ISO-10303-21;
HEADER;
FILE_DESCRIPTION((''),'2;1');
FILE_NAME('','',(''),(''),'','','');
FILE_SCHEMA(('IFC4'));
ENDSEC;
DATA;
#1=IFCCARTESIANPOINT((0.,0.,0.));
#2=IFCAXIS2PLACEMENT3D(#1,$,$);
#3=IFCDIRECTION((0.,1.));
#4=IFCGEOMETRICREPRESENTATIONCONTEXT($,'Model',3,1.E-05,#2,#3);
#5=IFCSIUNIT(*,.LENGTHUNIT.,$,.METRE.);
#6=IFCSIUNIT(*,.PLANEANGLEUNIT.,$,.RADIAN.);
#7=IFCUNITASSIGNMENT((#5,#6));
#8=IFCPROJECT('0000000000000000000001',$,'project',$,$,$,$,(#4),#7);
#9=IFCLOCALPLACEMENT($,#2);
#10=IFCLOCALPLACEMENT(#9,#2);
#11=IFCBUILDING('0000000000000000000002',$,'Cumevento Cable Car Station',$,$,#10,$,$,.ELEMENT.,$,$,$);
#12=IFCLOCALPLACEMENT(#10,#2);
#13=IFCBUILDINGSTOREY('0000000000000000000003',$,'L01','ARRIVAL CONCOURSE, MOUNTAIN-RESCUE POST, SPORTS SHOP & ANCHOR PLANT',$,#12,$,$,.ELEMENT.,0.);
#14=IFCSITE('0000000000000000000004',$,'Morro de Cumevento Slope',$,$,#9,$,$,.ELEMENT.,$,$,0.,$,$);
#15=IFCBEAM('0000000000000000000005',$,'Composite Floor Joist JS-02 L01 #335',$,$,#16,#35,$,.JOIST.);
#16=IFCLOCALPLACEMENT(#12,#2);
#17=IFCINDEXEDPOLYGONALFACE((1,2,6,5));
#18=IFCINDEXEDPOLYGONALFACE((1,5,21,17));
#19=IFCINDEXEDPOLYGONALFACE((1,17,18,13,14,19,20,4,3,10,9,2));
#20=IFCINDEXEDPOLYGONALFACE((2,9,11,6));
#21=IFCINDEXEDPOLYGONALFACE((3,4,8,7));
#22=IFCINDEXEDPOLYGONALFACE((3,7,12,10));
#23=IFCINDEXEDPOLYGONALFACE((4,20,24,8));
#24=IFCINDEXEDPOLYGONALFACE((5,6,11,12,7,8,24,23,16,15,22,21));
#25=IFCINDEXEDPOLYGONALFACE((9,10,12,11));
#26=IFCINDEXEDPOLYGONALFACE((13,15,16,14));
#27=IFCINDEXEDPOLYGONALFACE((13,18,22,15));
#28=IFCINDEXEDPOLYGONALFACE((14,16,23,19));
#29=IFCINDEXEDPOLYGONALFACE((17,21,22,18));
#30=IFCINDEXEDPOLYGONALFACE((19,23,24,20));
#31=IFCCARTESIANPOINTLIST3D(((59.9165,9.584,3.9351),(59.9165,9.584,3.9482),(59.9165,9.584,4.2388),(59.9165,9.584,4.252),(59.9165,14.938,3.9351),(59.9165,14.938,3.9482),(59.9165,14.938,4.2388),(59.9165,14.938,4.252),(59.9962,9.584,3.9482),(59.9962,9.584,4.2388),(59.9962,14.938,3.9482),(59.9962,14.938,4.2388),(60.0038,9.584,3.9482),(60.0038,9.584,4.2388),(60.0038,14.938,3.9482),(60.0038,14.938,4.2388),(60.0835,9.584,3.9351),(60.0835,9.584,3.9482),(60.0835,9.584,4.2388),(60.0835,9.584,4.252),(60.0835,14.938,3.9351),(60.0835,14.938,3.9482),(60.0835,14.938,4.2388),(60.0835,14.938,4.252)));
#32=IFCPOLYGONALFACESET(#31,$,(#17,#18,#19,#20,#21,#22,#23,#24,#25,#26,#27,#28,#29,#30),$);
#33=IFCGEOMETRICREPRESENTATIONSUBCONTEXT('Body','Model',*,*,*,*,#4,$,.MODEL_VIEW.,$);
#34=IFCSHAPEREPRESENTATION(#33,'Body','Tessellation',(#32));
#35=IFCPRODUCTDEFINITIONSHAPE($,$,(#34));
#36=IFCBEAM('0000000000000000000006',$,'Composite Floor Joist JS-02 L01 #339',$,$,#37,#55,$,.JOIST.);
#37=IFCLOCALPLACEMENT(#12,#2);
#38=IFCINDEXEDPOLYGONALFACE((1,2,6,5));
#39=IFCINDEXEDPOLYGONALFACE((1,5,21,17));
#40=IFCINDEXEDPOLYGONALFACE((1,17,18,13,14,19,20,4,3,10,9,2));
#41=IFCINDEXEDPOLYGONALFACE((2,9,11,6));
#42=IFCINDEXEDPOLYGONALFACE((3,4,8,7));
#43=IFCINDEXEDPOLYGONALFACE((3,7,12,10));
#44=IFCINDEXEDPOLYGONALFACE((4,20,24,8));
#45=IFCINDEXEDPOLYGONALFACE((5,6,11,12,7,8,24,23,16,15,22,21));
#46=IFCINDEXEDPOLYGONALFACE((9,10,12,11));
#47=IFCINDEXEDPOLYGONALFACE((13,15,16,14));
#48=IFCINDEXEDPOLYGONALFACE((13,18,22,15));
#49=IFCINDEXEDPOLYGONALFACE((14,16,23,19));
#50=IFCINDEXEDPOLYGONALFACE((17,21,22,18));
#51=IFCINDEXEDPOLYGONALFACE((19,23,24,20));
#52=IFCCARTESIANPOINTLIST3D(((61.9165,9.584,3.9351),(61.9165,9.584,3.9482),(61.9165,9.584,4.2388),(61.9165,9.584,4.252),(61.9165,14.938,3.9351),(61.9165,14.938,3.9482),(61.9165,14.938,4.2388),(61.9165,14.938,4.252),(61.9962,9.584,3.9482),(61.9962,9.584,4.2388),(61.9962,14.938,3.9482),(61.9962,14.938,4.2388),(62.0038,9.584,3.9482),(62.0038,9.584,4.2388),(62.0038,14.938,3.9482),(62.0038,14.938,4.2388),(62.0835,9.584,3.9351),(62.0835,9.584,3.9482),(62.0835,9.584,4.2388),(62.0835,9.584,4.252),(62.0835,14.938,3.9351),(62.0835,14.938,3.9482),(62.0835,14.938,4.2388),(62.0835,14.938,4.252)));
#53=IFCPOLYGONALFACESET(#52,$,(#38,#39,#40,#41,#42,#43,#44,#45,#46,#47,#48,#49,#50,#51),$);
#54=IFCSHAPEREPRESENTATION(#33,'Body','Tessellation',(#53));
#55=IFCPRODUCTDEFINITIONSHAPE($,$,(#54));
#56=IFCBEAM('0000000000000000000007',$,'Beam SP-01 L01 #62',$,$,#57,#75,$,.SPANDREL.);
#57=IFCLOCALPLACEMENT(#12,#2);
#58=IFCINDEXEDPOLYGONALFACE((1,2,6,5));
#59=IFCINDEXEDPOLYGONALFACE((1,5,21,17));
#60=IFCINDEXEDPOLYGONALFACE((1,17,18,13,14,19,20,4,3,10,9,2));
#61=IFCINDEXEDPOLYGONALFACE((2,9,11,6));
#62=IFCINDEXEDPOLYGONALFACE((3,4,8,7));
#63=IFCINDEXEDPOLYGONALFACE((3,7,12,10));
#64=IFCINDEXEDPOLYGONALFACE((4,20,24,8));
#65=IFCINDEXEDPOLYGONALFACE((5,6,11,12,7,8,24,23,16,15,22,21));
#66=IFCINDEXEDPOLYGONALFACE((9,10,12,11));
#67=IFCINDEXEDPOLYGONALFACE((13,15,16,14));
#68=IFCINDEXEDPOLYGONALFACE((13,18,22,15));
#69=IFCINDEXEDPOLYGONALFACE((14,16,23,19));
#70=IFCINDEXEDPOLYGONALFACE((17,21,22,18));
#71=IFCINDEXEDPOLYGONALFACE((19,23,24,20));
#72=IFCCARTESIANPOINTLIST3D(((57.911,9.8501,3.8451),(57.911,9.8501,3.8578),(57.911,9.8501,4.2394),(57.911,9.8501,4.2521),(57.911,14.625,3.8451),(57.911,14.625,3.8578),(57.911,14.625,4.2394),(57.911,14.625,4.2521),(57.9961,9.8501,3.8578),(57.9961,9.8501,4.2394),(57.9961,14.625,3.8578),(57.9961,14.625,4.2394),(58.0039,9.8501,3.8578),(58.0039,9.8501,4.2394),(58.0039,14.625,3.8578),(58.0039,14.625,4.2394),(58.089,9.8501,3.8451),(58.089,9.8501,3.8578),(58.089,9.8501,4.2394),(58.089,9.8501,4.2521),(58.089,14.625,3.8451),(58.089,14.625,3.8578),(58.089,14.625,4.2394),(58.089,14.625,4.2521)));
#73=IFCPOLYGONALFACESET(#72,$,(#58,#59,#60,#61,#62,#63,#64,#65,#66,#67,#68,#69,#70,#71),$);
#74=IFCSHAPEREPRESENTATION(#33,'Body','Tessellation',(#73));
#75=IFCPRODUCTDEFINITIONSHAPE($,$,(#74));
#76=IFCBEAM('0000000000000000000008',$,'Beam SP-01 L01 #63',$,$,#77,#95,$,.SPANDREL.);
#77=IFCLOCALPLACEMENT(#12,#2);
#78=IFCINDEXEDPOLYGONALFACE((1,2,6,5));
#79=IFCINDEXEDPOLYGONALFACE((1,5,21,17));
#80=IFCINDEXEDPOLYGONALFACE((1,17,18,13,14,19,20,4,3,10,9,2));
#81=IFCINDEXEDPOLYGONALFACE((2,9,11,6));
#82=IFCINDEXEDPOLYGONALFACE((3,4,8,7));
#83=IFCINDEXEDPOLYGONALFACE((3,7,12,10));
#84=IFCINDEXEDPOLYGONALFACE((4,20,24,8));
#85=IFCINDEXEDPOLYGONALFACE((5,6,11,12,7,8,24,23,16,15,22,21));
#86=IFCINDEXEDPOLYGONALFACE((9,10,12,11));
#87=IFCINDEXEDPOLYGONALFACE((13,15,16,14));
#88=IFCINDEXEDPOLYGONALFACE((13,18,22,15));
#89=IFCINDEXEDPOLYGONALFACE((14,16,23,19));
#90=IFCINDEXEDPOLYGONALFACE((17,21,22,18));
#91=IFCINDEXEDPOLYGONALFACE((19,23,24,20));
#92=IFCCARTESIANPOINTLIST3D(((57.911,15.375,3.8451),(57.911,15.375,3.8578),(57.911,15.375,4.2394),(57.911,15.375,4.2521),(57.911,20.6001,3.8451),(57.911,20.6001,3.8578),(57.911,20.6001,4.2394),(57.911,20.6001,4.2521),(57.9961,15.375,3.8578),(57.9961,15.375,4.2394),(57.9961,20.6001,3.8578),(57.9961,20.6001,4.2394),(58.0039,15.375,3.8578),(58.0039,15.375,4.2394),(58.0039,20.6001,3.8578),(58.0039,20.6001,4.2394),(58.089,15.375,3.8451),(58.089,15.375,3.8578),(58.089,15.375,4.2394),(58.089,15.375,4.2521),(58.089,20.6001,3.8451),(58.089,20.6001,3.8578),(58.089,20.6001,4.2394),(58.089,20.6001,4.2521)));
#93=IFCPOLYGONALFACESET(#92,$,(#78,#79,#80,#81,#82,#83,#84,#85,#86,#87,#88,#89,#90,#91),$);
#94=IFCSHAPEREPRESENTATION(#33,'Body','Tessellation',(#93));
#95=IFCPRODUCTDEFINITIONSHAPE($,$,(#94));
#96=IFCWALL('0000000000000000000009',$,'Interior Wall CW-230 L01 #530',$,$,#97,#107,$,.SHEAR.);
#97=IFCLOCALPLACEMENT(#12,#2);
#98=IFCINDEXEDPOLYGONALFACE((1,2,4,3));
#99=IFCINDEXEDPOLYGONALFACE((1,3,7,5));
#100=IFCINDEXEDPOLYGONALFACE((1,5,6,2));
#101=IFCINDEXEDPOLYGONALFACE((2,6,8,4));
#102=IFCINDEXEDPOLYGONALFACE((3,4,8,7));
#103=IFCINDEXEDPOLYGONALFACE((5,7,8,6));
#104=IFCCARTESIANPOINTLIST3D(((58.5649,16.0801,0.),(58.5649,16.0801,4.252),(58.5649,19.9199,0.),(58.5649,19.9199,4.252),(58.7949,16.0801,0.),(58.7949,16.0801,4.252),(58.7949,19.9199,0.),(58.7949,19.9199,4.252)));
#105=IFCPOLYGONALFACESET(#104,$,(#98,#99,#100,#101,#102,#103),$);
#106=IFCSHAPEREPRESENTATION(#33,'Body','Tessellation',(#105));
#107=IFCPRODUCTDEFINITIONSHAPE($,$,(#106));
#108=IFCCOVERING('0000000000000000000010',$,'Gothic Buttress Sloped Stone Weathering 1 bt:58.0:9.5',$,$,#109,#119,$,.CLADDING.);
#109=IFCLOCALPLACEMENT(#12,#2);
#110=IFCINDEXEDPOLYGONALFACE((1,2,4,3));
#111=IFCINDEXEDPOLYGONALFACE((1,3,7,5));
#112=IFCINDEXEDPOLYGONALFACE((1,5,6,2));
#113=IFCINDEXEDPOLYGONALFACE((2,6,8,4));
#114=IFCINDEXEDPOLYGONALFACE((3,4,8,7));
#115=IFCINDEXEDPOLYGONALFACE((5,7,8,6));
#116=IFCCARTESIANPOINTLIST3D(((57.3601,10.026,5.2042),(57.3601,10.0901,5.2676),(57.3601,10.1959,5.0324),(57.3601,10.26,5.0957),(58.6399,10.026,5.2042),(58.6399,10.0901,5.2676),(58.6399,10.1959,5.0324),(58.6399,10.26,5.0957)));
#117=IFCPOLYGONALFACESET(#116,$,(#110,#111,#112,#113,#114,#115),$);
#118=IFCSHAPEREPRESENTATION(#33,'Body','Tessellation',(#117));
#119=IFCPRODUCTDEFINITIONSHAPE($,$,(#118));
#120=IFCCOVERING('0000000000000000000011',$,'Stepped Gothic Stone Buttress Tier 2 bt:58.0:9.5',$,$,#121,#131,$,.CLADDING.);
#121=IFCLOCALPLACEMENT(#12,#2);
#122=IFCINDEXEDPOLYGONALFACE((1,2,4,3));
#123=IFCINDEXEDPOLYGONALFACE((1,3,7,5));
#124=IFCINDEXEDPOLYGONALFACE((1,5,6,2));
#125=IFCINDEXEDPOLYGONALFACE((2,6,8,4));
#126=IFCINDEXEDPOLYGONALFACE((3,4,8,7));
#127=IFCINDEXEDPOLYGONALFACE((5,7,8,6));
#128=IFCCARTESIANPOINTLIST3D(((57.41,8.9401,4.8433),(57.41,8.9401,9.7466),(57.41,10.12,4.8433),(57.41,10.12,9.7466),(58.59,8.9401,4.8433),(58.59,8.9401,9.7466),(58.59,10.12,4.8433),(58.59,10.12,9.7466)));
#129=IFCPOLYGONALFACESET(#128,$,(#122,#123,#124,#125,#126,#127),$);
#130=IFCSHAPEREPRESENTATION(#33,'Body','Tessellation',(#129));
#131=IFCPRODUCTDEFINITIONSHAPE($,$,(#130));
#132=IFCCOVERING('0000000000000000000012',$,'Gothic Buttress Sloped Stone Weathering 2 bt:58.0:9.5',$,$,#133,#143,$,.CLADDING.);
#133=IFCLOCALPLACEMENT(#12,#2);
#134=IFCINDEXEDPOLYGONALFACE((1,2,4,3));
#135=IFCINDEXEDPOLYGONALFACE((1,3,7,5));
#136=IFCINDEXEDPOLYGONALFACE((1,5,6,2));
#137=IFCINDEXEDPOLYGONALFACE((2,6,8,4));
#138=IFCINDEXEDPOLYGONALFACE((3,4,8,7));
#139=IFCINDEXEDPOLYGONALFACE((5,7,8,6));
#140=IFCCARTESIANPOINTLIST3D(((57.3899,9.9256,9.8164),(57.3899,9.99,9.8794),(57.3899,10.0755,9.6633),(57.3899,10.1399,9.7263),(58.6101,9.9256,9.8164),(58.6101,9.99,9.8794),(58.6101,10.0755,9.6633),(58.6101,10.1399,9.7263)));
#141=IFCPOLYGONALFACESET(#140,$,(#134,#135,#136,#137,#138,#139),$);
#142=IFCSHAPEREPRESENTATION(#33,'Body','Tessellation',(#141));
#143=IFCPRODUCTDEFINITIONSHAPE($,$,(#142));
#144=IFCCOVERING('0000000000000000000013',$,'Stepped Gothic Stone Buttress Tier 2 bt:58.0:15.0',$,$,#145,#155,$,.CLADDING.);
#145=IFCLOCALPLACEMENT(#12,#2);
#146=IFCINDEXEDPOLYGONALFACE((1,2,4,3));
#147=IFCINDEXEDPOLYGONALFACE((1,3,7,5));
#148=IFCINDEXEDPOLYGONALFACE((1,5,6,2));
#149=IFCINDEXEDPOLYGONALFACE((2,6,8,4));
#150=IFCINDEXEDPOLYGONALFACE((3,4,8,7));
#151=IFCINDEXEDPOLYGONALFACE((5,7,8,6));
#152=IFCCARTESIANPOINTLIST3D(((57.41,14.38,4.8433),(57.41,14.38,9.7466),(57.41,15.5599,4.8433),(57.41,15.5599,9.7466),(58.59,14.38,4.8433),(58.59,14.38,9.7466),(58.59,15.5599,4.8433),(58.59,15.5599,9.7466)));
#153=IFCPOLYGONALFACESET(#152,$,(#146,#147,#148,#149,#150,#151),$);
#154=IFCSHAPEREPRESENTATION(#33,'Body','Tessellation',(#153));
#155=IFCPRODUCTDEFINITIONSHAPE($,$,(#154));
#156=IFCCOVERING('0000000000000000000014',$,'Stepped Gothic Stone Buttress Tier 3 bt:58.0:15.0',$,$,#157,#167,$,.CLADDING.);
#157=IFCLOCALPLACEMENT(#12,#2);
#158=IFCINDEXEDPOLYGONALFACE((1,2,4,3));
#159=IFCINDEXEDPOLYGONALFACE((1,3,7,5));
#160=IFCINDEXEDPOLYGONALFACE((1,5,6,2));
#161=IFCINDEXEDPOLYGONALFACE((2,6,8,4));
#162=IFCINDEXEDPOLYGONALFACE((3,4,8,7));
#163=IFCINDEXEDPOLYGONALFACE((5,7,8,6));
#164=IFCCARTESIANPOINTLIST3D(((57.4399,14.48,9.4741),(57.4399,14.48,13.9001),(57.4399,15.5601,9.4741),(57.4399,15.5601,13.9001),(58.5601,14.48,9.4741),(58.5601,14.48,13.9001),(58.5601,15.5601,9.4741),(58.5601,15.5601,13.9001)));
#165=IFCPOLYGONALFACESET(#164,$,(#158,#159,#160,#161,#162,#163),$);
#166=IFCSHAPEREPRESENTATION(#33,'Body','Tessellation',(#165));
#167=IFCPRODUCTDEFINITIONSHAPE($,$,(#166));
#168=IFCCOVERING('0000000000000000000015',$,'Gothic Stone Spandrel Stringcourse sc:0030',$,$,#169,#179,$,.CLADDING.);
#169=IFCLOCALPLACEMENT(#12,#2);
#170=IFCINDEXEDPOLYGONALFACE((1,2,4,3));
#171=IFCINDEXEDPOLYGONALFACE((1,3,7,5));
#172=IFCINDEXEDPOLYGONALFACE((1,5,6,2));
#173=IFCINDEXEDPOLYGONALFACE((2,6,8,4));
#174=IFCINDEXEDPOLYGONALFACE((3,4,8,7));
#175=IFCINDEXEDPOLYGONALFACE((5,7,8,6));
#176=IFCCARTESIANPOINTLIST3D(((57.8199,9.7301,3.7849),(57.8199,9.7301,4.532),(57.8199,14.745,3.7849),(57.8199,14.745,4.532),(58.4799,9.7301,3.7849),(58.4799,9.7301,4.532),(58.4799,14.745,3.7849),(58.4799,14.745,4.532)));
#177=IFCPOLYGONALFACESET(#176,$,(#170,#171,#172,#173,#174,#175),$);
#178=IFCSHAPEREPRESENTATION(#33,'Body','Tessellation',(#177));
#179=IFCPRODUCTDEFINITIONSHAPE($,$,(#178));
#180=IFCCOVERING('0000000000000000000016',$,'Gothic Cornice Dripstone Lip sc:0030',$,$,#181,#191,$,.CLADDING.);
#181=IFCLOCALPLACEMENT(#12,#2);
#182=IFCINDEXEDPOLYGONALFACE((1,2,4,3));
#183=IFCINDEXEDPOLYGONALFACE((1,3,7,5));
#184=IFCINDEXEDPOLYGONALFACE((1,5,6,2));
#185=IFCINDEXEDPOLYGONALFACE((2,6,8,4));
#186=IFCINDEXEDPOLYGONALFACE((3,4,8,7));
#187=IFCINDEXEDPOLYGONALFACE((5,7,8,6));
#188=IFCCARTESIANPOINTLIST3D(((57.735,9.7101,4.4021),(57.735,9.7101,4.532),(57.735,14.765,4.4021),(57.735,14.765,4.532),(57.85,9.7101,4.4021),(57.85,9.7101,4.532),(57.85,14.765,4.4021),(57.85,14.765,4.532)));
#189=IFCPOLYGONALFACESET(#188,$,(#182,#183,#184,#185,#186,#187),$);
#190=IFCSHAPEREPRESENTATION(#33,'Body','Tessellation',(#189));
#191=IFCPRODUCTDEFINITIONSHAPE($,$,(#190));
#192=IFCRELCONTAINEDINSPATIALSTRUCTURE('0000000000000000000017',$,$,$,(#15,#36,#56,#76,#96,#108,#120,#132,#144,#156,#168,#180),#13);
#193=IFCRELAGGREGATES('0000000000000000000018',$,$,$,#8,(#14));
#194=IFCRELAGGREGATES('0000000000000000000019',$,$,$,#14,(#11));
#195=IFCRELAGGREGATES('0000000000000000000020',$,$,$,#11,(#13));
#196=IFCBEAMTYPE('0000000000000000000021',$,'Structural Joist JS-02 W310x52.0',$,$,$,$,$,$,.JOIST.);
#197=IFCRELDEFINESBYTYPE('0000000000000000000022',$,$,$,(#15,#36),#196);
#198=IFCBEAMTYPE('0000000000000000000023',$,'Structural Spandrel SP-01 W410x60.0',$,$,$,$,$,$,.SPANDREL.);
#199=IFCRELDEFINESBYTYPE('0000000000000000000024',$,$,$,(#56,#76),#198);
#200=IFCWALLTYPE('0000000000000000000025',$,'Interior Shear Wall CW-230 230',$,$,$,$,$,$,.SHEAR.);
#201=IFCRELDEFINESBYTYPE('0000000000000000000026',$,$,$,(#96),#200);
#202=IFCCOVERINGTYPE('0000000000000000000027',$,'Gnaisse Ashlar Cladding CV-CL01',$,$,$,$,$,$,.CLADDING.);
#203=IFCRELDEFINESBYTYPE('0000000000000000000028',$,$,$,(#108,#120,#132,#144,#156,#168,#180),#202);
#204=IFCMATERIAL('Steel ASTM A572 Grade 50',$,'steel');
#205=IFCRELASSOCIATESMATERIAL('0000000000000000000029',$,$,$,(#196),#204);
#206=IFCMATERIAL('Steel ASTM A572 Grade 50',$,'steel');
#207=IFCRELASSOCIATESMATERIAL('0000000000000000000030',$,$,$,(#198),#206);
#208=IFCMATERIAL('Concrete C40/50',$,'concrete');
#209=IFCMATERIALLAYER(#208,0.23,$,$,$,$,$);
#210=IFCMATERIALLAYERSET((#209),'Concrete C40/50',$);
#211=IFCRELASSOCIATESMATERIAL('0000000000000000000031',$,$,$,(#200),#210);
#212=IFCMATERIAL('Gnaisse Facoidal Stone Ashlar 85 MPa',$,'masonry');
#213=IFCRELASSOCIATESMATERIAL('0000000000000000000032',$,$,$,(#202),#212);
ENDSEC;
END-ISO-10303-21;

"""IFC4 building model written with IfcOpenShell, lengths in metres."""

from ifc_helpers import new_model, si_unit, direction, frame, frame_2d, origin, origin_2d, place, context, subcontext, project, spatial, polyline, rectangle, i_section, outline, extrude, material, layer, layer_set, material_profile, profile_set, type_object, element, save


model = new_model("IFC4")

# Units and contexts
model_context = context("Model", 3, precision=1e-05, world=origin(), true_north=direction((0.0, 1.0)))
body_context = subcontext(model_context, "Body", "Model", "MODEL_VIEW")
ifc_project = project(units=[si_unit("LENGTHUNIT", "METRE"), si_unit("PLANEANGLEUNIT", "RADIAN")], contexts=[model_context])

# Site, building, storey
site_placement = place(None, origin())
site = spatial("IfcSite", under=ifc_project, at=site_placement, Name="Morro de Cumevento Slope", CompositionType="ELEMENT", RefElevation=0.0)
building_placement = place(site_placement, origin())
building = spatial("IfcBuilding", under=site, at=building_placement, Name="Cumevento Cable Car Station", CompositionType="ELEMENT")
storey_placement = place(building_placement, origin())
storey = spatial("IfcBuildingStorey", under=building, at=storey_placement, Name="L01", Description="ARRIVAL CONCOURSE, MOUNTAIN-RESCUE POST, SPORTS SHOP & ANCHOR PLANT", CompositionType="ELEMENT", Elevation=0.0)

# Beams
ifc_material_1 = material(Name="Steel ASTM A572 Grade 50", Category="steel")
ifc_material_profile_1 = material_profile(ifc_material_1, i_section(OverallWidth=0.167, OverallDepth=0.3169, WebThickness=0.0076, FlangeThickness=0.0132, at=origin_2d()), Name="W310x52.0")
ifc_profile_set_1 = profile_set([ifc_material_profile_1], Name="Steel ASTM A572 Grade 50")
beam_type_1 = type_object("IfcBeamType", Name="Structural Joist JS-02 W310x52.0", PredefinedType="JOIST", material=ifc_profile_set_1)
for number, where, z_axis, x_axis, name in (
    (1, (60.0, 9.584, 4.0935), (0.0, 1.0, 0.0), (-1.0, 0.0, 0.0), "Composite Floor Joist JS-02 L01 #335"),
    (2, (62.0, 9.584, 4.0935), (0.0, 1.0, 0.0), (-1.0, 0.0, 0.0), "Composite Floor Joist JS-02 L01 #339"),
):
    element("IfcBeam", number, at=place(storey_placement, frame(where, z_axis=z_axis, x_axis=x_axis)), inside=storey, type_object=beam_type_1, Name=name, PredefinedType="JOIST", context=body_context, shape_type="SweptSolid", body=[
        extrude(i_section(OverallWidth=0.167, OverallDepth=0.3169, WebThickness=0.0076, FlangeThickness=0.0132, at=origin_2d()), origin(), (0.0, 0.0, 1.0), 5.354),
    ])
ifc_material_2 = material(Name="Steel ASTM A572 Grade 50", Category="steel")
ifc_material_profile_2 = material_profile(ifc_material_2, i_section(OverallWidth=0.178, OverallDepth=0.407, WebThickness=0.0078, FlangeThickness=0.0127, at=origin_2d()), Name="W410x60.0")
ifc_profile_set_2 = profile_set([ifc_material_profile_2], Name="Steel ASTM A572 Grade 50")
beam_type_2 = type_object("IfcBeamType", Name="Structural Spandrel SP-01 W410x60.0", PredefinedType="SPANDREL", material=ifc_profile_set_2)
beam_1_placement = place(storey_placement, frame((58.0, 9.8501, 4.0486), z_axis=(0.0, 1.0, 0.0), x_axis=(-1.0, 0.0, 0.0)))
element("IfcBeam", 3, at=beam_1_placement, inside=storey, type_object=beam_type_2, Name="Beam SP-01 L01 #62", PredefinedType="SPANDREL", context=body_context, shape_type="SweptSolid", body=[
    extrude(i_section(OverallWidth=0.178, OverallDepth=0.407, WebThickness=0.0078, FlangeThickness=0.0127, at=origin_2d()), origin(), (0.0, 0.0, 1.0), 4.7749),
])
beam_2_placement = place(storey_placement, frame((58.0, 15.375, 4.0486), z_axis=(0.0, 1.0, 0.0), x_axis=(-1.0, 0.0, 0.0)))
element("IfcBeam", 4, at=beam_2_placement, inside=storey, type_object=beam_type_2, Name="Beam SP-01 L01 #63", PredefinedType="SPANDREL", context=body_context, shape_type="SweptSolid", body=[
    extrude(i_section(OverallWidth=0.178, OverallDepth=0.407, WebThickness=0.0078, FlangeThickness=0.0127, at=origin_2d()), origin(), (0.0, 0.0, 1.0), 5.2251),
])

# Wall
ifc_material_3 = material(Name="Concrete C40/50", Category="concrete")
ifc_layer_1 = layer(ifc_material_3, 0.23)
ifc_layer_set_1 = layer_set([ifc_layer_1], Name="Concrete C40/50")
wall_type = type_object("IfcWallType", Name="Interior Shear Wall CW-230 230", PredefinedType="SHEAR", material=ifc_layer_set_1)
wall_placement = place(storey_placement, frame((58.6799, 16.0801, 0.0), z_axis=(0.0, 0.0, 1.0), x_axis=(0.0, 1.0, 0.0)))
element("IfcWall", 5, at=wall_placement, inside=storey, type_object=wall_type, Name="Interior Wall CW-230 L01 #530", PredefinedType="SHEAR", context=body_context, shape_type="SweptSolid", body=[
    extrude(rectangle(XDim=3.8398, YDim=0.23, at=frame_2d((1.9199, 0.0))), origin(), (0.0, 0.0, 1.0), 4.252),
])

# Coverings
ifc_material_4 = material(Name="Gnaisse Facoidal Stone Ashlar 85 MPa", Category="masonry")
covering_type = type_object("IfcCoveringType", Name="Gnaisse Ashlar Cladding CV-CL01", PredefinedType="CLADDING", material=ifc_material_4)
covering_1_placement = place(storey_placement, frame((58.6399, 10.26, 5.0957), z_axis=(0.0, 0.711136, 0.703055), x_axis=(-1.0, 0.0, 0.0)))
element("IfcCovering", 6, at=covering_1_placement, inside=storey, type_object=covering_type, Name="Gothic Buttress Sloped Stone Weathering 1 bt:58.0:9.5", PredefinedType="CLADDING", context=body_context, shape_type="SweptSolid", body=[
    extrude(outline(polyline([(0.0, 0.0), (1.2798, 0.0), (1.2798, 0.2417), (0.0, 0.2417), (0.0, 0.0)])), origin(), (0.0, 0.0, -1.0), 0.0901),
])
covering_2_placement = place(storey_placement, frame((58.0, 9.53, 4.8433), z_axis=(0.0, 0.0, 1.0), x_axis=(-1.0, 0.0, 0.0)))
element("IfcCovering", 7, at=covering_2_placement, inside=storey, type_object=covering_type, Name="Stepped Gothic Stone Buttress Tier 2 bt:58.0:9.5", PredefinedType="CLADDING", context=body_context, shape_type="SweptSolid", body=[
    extrude(rectangle(XDim=1.1799, YDim=1.1799, at=origin_2d()), origin(), (0.0, 0.0, 1.0), 4.9033),
])
covering_3_placement = place(storey_placement, frame((58.6101, 10.1399, 9.7263), z_axis=(0.0, 0.714475, 0.699661), x_axis=(-1.0, 0.0, 0.0)))
element("IfcCovering", 8, at=covering_3_placement, inside=storey, type_object=covering_type, Name="Gothic Buttress Sloped Stone Weathering 2 bt:58.0:9.5", PredefinedType="CLADDING", context=body_context, shape_type="SweptSolid", body=[
    extrude(outline(polyline([(0.0, 0.0), (1.2202, 0.0), (1.2202, 0.2142), (0.0, 0.2142), (0.0, 0.0)])), origin(), (0.0, 0.0, -1.0), 0.0901),
])
covering_4_placement = place(storey_placement, frame((58.0, 14.97, 4.8433), z_axis=(0.0, 0.0, 1.0), x_axis=(1.0, 0.0, 0.0)))
element("IfcCovering", 9, at=covering_4_placement, inside=storey, type_object=covering_type, Name="Stepped Gothic Stone Buttress Tier 2 bt:58.0:15.0", PredefinedType="CLADDING", context=body_context, shape_type="SweptSolid", body=[
    extrude(rectangle(XDim=1.1799, YDim=1.1799, at=origin_2d()), origin(), (0.0, 0.0, 1.0), 4.9033),
])
covering_5_placement = place(storey_placement, frame((58.0, 15.02, 9.4741), z_axis=(0.0, 0.0, 1.0), x_axis=(1.0, 0.0, 0.0)))
element("IfcCovering", 10, at=covering_5_placement, inside=storey, type_object=covering_type, Name="Stepped Gothic Stone Buttress Tier 3 bt:58.0:15.0", PredefinedType="CLADDING", context=body_context, shape_type="SweptSolid", body=[
    extrude(rectangle(XDim=1.1201, YDim=1.0801, at=origin_2d()), origin(), (0.0, 0.0, 1.0), 4.426),
])
covering_6_placement = place(storey_placement, frame((58.1499, 12.2375, 3.7849), z_axis=(0.0, 0.0, 1.0), x_axis=(0.0, 1.0, 0.0)))
element("IfcCovering", 11, at=covering_6_placement, inside=storey, type_object=covering_type, Name="Gothic Stone Spandrel Stringcourse sc:0030", PredefinedType="CLADDING", context=body_context, shape_type="SweptSolid", body=[
    extrude(rectangle(XDim=5.0149, YDim=0.6599, at=origin_2d()), origin(), (0.0, 0.0, 1.0), 0.7471),
])
covering_7_placement = place(storey_placement, frame((57.7925, 12.2375, 4.4021), z_axis=(0.0, 0.0, 1.0), x_axis=(0.0, 1.0, 0.0)))
element("IfcCovering", 12, at=covering_7_placement, inside=storey, type_object=covering_type, Name="Gothic Cornice Dripstone Lip sc:0030", PredefinedType="CLADDING", context=body_context, shape_type="SweptSolid", body=[
    extrude(rectangle(XDim=5.0549, YDim=0.115, at=origin_2d()), origin(), (0.0, 0.0, 1.0), 0.1299),
])

save(model, "model.ifc")
